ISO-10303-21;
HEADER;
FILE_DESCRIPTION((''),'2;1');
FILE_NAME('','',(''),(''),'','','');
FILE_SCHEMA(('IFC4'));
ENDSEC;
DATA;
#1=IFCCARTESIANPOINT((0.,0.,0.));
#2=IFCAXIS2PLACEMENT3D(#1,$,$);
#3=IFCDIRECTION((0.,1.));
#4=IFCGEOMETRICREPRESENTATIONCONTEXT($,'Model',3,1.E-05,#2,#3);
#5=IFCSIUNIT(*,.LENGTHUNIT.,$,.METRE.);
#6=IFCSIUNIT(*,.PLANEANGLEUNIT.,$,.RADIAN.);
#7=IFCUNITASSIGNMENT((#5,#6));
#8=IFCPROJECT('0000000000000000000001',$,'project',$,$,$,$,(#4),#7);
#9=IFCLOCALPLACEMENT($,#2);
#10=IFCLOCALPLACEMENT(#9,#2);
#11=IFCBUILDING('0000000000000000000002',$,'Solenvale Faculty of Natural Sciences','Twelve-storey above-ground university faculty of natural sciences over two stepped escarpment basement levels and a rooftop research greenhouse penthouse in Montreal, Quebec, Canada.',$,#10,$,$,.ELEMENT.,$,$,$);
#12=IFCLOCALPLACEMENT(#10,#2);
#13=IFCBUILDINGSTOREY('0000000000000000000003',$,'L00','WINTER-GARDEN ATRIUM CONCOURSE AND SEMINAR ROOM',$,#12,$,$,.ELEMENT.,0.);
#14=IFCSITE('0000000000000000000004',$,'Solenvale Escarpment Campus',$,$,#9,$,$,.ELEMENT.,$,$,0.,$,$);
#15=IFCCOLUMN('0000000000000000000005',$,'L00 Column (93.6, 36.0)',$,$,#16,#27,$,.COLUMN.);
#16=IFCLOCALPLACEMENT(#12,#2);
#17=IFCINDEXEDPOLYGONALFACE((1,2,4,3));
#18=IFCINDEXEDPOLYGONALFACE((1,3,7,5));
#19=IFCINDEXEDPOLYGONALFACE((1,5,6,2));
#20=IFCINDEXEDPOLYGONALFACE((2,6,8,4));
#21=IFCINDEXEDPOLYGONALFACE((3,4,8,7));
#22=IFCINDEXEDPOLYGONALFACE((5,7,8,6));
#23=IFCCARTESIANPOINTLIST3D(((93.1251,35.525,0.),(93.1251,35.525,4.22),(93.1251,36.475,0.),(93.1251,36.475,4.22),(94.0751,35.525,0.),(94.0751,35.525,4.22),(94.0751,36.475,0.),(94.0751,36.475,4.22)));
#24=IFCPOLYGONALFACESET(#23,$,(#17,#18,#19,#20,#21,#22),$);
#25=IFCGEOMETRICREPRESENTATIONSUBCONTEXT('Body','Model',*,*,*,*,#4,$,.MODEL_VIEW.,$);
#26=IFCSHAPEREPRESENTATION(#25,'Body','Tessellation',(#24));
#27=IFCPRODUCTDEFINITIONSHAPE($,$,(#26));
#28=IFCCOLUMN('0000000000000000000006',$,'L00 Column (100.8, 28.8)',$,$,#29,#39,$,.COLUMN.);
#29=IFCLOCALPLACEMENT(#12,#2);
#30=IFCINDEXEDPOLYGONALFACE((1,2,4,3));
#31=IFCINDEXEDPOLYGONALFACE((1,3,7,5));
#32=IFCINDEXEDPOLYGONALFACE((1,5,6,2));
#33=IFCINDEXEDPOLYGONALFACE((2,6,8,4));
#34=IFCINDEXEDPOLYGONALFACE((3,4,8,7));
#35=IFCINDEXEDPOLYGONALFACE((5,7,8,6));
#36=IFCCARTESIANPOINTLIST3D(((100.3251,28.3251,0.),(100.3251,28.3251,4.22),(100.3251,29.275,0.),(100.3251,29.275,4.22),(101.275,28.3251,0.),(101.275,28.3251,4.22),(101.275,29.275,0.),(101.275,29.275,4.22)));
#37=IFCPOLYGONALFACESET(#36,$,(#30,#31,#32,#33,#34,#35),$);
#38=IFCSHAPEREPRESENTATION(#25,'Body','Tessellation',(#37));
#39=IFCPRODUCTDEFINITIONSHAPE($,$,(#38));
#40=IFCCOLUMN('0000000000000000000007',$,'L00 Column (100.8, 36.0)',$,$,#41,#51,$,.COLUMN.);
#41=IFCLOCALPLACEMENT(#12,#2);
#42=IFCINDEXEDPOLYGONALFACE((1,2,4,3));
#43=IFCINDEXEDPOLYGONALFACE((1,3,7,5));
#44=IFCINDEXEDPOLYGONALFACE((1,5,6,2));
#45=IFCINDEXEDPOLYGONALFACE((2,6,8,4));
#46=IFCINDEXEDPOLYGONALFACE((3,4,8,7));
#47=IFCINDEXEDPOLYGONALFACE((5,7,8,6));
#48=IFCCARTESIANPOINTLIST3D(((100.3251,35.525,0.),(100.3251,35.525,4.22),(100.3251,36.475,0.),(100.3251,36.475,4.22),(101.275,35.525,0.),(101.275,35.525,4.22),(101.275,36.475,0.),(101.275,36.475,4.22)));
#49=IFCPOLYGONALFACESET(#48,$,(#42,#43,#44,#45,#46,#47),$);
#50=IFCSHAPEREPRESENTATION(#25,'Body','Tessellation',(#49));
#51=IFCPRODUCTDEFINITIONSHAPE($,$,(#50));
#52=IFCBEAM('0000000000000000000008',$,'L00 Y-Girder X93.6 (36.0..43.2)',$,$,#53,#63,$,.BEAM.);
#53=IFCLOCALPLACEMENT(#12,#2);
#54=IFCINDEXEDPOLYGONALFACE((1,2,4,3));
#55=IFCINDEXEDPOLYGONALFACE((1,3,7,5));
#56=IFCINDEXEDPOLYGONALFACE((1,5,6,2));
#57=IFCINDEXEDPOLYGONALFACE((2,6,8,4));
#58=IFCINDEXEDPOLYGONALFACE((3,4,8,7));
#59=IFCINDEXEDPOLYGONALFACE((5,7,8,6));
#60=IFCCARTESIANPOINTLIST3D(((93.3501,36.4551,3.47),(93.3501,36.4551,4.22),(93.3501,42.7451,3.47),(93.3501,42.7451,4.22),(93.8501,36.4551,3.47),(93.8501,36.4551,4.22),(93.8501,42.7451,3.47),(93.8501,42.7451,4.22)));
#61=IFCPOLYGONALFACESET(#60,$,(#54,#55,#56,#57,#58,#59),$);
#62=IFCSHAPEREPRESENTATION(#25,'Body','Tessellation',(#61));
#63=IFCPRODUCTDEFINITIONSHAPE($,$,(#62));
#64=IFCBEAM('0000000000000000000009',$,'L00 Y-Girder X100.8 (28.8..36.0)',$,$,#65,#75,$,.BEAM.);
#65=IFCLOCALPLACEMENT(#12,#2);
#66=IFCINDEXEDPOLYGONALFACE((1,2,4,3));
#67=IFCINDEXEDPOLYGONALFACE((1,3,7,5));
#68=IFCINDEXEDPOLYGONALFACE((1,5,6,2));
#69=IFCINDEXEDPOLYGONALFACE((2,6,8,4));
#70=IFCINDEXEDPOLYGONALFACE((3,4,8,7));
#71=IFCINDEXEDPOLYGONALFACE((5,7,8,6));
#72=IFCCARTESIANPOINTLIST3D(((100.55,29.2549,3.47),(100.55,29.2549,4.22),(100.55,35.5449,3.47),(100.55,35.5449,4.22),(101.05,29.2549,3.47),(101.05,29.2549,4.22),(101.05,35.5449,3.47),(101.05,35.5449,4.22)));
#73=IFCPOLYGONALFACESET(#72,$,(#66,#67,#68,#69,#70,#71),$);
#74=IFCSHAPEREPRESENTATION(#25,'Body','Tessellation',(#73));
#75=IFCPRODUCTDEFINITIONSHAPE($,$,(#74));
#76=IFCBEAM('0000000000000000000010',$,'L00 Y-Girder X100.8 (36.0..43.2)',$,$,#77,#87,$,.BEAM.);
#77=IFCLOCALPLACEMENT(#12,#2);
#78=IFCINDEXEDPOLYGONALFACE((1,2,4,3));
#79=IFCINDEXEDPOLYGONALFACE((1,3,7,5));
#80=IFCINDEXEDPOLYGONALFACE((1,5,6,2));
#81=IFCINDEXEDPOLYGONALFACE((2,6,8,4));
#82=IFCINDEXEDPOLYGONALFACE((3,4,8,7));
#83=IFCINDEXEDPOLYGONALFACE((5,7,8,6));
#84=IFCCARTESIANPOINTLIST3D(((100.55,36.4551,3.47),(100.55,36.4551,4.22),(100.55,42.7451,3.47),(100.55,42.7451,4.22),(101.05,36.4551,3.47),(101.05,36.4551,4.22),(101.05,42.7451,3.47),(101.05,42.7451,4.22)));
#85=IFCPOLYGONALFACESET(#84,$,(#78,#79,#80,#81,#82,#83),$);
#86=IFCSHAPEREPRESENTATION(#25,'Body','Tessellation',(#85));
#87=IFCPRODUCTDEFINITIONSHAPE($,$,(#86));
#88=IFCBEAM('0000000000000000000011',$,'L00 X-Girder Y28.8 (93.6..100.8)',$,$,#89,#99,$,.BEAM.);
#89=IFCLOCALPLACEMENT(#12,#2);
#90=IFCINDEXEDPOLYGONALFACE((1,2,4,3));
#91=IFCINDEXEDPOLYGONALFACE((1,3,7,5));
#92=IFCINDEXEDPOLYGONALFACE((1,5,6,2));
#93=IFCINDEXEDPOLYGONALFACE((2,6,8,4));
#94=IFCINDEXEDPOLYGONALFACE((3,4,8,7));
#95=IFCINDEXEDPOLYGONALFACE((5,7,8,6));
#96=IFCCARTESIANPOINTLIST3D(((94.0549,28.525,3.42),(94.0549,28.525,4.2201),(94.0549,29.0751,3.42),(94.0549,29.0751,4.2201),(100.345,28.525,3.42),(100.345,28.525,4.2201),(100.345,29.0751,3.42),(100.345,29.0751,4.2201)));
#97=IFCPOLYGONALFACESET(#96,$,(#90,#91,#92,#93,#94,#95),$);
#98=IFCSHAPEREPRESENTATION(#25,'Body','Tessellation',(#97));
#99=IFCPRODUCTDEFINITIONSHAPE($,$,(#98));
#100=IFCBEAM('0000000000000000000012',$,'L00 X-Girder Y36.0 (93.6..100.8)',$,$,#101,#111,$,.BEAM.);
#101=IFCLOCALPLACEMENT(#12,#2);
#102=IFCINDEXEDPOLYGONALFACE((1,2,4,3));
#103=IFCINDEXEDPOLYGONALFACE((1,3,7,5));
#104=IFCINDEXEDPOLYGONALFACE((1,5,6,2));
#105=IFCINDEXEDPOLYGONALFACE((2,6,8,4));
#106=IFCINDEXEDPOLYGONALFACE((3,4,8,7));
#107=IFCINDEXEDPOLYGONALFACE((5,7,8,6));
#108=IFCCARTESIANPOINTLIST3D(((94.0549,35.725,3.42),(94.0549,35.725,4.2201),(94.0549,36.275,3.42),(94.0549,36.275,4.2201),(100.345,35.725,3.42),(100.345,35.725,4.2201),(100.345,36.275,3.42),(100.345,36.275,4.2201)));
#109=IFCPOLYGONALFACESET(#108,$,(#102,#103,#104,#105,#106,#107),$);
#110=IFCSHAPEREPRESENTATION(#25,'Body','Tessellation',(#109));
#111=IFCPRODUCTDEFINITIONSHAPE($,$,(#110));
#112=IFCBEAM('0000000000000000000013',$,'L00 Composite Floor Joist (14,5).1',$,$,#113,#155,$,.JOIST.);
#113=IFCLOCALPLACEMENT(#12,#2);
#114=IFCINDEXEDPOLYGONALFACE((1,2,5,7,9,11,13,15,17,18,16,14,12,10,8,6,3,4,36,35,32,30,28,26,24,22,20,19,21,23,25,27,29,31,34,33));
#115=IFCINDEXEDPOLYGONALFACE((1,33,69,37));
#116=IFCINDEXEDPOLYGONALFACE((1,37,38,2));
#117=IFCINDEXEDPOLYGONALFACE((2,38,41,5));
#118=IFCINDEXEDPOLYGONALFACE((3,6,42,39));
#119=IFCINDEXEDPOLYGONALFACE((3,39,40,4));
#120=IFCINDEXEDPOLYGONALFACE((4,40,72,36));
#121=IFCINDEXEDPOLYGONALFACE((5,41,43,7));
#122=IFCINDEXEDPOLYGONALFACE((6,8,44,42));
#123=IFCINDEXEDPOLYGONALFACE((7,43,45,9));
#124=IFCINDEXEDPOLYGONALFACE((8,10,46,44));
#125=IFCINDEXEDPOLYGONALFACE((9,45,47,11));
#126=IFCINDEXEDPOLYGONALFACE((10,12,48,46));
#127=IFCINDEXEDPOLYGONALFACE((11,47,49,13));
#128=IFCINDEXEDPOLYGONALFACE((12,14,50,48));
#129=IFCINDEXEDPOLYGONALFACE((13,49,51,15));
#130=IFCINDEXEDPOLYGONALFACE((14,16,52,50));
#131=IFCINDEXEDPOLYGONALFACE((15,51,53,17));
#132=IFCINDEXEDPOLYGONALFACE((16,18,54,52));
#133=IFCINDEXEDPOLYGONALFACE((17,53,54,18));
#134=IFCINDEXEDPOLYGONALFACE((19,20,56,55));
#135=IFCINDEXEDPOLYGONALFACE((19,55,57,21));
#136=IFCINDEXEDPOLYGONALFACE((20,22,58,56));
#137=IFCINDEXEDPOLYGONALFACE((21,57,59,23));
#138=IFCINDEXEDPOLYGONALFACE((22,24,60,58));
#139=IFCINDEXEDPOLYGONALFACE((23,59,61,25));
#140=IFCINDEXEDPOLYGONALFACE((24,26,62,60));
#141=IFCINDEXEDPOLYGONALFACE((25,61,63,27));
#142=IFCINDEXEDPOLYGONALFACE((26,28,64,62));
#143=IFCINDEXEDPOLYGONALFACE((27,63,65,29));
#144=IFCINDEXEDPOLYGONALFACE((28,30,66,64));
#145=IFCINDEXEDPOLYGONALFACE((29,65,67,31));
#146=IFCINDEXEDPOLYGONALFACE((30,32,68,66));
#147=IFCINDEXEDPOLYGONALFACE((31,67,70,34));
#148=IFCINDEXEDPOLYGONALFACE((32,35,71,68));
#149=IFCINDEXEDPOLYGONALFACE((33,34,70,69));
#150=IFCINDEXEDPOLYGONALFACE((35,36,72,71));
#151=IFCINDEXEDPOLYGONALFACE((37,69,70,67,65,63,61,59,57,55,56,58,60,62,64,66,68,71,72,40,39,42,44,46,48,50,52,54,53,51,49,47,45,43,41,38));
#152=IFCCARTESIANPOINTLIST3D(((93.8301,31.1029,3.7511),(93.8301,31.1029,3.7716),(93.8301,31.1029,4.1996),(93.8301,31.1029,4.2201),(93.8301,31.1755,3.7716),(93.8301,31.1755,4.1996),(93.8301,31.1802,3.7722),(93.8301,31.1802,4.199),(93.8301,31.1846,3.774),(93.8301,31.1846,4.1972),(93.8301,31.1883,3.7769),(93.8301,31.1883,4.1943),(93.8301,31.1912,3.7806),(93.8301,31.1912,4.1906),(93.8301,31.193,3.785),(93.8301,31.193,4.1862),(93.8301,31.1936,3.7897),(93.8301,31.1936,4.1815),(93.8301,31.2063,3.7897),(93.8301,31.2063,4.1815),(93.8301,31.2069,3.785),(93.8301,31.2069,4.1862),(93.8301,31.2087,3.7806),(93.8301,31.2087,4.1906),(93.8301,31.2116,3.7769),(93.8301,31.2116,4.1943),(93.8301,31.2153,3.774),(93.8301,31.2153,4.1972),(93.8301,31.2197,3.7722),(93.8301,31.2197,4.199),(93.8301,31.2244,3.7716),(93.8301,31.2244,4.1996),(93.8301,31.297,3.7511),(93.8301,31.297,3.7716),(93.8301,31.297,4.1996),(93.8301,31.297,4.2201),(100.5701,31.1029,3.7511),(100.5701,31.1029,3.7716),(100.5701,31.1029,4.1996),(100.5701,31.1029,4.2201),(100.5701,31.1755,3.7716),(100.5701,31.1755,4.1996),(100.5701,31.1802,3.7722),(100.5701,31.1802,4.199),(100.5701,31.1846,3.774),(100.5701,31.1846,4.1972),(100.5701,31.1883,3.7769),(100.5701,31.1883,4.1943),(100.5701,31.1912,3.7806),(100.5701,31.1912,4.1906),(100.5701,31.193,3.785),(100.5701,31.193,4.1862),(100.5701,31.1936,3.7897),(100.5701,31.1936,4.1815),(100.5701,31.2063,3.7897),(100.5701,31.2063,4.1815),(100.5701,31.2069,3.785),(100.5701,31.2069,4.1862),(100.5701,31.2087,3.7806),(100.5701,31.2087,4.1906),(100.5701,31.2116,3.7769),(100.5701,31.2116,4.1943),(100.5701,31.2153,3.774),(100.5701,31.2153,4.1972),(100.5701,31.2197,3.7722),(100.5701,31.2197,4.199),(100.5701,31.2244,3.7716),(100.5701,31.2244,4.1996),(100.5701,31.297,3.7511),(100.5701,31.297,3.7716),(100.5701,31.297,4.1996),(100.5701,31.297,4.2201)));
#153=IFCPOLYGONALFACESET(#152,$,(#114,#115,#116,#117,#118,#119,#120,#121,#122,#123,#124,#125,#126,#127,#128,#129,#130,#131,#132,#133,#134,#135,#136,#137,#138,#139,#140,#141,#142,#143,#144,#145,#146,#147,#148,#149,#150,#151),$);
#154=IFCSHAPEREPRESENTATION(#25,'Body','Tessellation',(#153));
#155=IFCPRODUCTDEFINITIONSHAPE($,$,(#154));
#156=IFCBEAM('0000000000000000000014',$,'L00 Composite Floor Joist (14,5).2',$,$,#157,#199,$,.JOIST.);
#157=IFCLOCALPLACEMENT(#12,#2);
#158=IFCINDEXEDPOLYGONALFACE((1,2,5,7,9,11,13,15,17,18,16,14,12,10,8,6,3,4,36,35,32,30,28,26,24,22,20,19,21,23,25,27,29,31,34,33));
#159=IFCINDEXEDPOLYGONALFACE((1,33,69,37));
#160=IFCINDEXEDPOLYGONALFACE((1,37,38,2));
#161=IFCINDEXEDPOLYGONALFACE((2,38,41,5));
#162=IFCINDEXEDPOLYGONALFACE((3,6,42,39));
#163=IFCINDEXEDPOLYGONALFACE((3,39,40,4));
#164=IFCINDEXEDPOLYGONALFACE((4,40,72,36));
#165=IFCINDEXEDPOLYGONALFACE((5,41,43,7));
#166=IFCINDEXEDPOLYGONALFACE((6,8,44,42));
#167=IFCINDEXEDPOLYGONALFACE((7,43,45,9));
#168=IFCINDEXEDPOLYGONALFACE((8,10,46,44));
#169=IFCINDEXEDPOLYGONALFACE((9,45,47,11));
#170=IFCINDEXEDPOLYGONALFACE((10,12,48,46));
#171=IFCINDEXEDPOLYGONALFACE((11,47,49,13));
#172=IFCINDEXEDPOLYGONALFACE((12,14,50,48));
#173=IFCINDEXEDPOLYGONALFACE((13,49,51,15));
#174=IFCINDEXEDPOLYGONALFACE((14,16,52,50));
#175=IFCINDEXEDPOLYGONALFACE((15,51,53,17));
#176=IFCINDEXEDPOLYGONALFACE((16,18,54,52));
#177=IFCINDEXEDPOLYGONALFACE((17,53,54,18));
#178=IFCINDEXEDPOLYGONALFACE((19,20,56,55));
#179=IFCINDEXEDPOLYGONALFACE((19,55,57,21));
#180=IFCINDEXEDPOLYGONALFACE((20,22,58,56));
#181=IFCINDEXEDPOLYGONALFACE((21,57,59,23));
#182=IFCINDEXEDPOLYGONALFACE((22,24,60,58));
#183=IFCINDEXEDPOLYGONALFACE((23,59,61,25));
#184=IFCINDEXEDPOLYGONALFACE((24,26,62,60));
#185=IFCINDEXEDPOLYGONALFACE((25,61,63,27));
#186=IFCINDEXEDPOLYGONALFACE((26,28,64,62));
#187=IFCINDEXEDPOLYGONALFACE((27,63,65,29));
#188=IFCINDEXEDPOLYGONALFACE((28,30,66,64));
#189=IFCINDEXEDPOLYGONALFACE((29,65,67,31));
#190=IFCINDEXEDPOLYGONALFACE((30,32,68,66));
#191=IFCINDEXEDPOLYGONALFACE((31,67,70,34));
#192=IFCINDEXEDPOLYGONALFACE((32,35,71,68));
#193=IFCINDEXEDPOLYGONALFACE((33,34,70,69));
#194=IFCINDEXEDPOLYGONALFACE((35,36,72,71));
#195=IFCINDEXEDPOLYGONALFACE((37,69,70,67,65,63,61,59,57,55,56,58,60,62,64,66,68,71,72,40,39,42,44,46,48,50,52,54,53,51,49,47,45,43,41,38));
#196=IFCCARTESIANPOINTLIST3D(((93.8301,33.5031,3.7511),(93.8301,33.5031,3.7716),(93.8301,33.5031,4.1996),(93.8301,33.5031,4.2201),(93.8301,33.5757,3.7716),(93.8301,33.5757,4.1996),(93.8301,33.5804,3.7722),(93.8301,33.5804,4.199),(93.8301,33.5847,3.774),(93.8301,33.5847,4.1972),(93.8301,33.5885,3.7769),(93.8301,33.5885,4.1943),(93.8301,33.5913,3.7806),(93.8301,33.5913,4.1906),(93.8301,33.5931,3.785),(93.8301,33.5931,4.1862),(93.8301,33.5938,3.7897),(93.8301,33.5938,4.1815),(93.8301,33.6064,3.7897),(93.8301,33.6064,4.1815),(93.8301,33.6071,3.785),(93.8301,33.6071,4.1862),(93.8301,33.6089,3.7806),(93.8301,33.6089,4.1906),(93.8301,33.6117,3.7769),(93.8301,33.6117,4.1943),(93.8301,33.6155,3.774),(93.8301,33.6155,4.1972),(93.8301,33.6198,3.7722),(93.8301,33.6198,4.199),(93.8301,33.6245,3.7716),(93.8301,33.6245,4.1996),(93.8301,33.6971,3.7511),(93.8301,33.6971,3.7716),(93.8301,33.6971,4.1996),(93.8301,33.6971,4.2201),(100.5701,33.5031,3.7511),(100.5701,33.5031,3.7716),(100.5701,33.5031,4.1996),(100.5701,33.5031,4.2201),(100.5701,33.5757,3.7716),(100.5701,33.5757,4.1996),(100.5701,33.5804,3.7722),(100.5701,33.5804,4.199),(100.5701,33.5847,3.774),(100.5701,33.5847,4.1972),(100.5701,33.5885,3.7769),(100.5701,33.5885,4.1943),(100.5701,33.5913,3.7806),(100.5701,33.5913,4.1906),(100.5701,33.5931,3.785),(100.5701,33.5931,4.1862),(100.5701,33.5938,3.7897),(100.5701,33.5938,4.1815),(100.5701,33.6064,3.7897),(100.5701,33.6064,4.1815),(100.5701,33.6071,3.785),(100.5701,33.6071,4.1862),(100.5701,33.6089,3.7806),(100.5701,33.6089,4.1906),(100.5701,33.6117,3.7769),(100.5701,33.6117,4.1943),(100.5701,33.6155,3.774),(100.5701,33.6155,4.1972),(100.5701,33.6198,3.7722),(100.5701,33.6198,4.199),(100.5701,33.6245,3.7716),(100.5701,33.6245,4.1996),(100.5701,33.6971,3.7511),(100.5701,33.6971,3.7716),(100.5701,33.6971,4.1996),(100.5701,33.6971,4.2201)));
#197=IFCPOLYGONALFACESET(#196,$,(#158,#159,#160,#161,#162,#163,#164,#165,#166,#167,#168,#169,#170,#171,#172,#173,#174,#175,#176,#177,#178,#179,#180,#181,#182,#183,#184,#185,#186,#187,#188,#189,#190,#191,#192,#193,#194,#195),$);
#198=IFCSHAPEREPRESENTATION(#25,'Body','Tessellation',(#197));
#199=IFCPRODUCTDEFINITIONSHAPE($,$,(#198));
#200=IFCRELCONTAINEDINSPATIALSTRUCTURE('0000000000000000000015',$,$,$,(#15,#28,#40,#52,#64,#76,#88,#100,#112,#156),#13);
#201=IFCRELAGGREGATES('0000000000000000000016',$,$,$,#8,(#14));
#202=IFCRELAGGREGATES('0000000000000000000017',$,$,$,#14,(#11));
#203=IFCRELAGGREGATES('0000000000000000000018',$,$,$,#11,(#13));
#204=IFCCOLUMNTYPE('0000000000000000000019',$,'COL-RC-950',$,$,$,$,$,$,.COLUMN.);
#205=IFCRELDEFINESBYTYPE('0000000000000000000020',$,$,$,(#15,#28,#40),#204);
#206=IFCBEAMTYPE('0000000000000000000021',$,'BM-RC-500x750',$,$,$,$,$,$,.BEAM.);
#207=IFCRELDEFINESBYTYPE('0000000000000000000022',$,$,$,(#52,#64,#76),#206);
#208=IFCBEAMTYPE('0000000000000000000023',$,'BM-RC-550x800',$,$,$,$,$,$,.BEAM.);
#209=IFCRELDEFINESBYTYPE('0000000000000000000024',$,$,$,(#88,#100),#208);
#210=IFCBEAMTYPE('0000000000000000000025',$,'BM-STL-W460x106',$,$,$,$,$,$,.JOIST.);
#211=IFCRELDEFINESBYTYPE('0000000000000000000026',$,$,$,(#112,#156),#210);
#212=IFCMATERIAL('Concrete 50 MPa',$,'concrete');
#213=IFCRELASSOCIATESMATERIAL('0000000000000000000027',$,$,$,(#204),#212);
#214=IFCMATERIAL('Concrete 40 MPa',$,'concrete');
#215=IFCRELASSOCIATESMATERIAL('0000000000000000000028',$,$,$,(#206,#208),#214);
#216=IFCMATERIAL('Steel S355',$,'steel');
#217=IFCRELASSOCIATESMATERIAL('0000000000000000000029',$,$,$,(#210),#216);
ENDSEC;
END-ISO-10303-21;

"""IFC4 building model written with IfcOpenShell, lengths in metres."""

from ifc_helpers import new_model, si_unit, direction, frame, origin, origin_2d, place, context, subcontext, project, spatial, rectangle, i_section, extrude, material, material_profile, profile_set, type_object, element, save


model = new_model("IFC4")

# Units and contexts
model_context = context("Model", 3, precision=1e-05, world=origin(), true_north=direction((0.0, 1.0)))
body_context = subcontext(model_context, "Body", "Model", "MODEL_VIEW")
ifc_project = project(units=[si_unit("LENGTHUNIT", "METRE"), si_unit("PLANEANGLEUNIT", "RADIAN")], contexts=[model_context])

# Site, building, storey
site_placement = place(None, origin())
site = spatial("IfcSite", under=ifc_project, at=site_placement, Name="Solenvale Escarpment Campus", CompositionType="ELEMENT", RefElevation=0.0)
building_placement = place(site_placement, origin())
building = spatial("IfcBuilding", under=site, at=building_placement, Name="Solenvale Faculty of Natural Sciences", Description="Twelve-storey above-ground university faculty of natural sciences over two stepped escarpment basement levels and a rooftop research greenhouse penthouse in Montreal, Quebec, Canada.", CompositionType="ELEMENT")
storey_placement = place(building_placement, origin())
storey = spatial("IfcBuildingStorey", under=building, at=storey_placement, Name="L00", Description="WINTER-GARDEN ATRIUM CONCOURSE AND SEMINAR ROOM", CompositionType="ELEMENT", Elevation=0.0)

# Columns
ifc_material_1 = material(Name="Concrete 50 MPa", Category="concrete")
ifc_material_profile_1 = material_profile(ifc_material_1, rectangle(XDim=0.95, YDim=0.95, at=origin_2d()), Name="RC-COL-950x950")
ifc_profile_set_1 = profile_set([ifc_material_profile_1], Name="Concrete 50 MPa")
column_type = type_object("IfcColumnType", Name="COL-RC-950", PredefinedType="COLUMN", material=ifc_profile_set_1)
for number, where, z_axis, x_axis, name in (
    (1, (93.6001, 36.0, 0.0), (0.0, 0.0, 1.0), (1.0, 0.0, 0.0), "L00 Column (93.6, 36.0)"),
    (2, (100.8, 28.8, 0.0), (0.0, 0.0, 1.0), (1.0, 0.0, 0.0), "L00 Column (100.8, 28.8)"),
    (3, (100.8, 36.0, 0.0), (0.0, 0.0, 1.0), (1.0, 0.0, 0.0), "L00 Column (100.8, 36.0)"),
):
    element("IfcColumn", number, at=place(storey_placement, frame(where, z_axis=z_axis, x_axis=x_axis)), inside=storey, type_object=column_type, Name=name, PredefinedType="COLUMN", context=body_context, shape_type="SweptSolid", body=[
        extrude(rectangle(XDim=0.95, YDim=0.95, at=origin_2d()), origin(), (0.0, 0.0, 1.0), 4.22),
    ])

# Beams
ifc_material_2 = material(Name="Concrete 40 MPa", Category="concrete")
ifc_material_profile_2 = material_profile(ifc_material_2, rectangle(XDim=0.5, YDim=0.75, at=origin_2d()), Name="RC-BM-500x750")
ifc_profile_set_2 = profile_set([ifc_material_profile_2], Name="Concrete 40 MPa")
beam_type_1 = type_object("IfcBeamType", Name="BM-RC-500x750", PredefinedType="BEAM", material=ifc_profile_set_2)
for number, where, z_axis, x_axis, name in (
    (4, (93.6001, 36.4551, 3.845), (0.0, 1.0, 0.0), (-1.0, 0.0, 0.0), "L00 Y-Girder X93.6 (36.0..43.2)"),
    (5, (100.8, 29.2549, 3.845), (0.0, 1.0, 0.0), (-1.0, 0.0, 0.0), "L00 Y-Girder X100.8 (28.8..36.0)"),
    (6, (100.8, 36.4551, 3.845), (0.0, 1.0, 0.0), (-1.0, 0.0, 0.0), "L00 Y-Girder X100.8 (36.0..43.2)"),
):
    element("IfcBeam", number, at=place(storey_placement, frame(where, z_axis=z_axis, x_axis=x_axis)), inside=storey, type_object=beam_type_1, Name=name, PredefinedType="BEAM", context=body_context, shape_type="SweptSolid", body=[
        extrude(rectangle(XDim=0.5, YDim=0.75, at=origin_2d()), origin(), (0.0, 0.0, 1.0), 6.29),
    ])
ifc_material_profile_3 = material_profile(ifc_material_2, rectangle(XDim=0.55, YDim=0.8, at=origin_2d()), Name="RC-BM-550x800")
ifc_profile_set_3 = profile_set([ifc_material_profile_3], Name="Concrete 40 MPa")
beam_type_2 = type_object("IfcBeamType", Name="BM-RC-550x800", PredefinedType="BEAM", material=ifc_profile_set_3)
for number, where, z_axis, x_axis, name in (
    (7, (94.0549, 28.8, 3.8201), (1.0, 0.0, 0.0), (0.0, 1.0, 0.0), "L00 X-Girder Y28.8 (93.6..100.8)"),
    (8, (94.0549, 36.0, 3.8201), (1.0, 0.0, 0.0), (0.0, 1.0, 0.0), "L00 X-Girder Y36.0 (93.6..100.8)"),
):
    element("IfcBeam", number, at=place(storey_placement, frame(where, z_axis=z_axis, x_axis=x_axis)), inside=storey, type_object=beam_type_2, Name=name, PredefinedType="BEAM", context=body_context, shape_type="SweptSolid", body=[
        extrude(rectangle(XDim=0.55, YDim=0.8, at=origin_2d()), origin(), (0.0, 0.0, 1.0), 6.29),
    ])
ifc_material_3 = material(Name="Steel S355", Category="steel")
ifc_material_profile_4 = material_profile(ifc_material_3, i_section(OverallWidth=0.1941, OverallDepth=0.469, WebThickness=0.0127, FlangeThickness=0.0205, FilletRadius=0.0181, at=origin_2d()), Name="W460x106")
ifc_profile_set_4 = profile_set([ifc_material_profile_4], Name="Steel S355")
beam_type_3 = type_object("IfcBeamType", Name="BM-STL-W460x106", PredefinedType="JOIST", material=ifc_profile_set_4)
for number, where, z_axis, x_axis, name in (
    (9, (93.8301, 31.2, 3.9856), (1.0, 0.0, 0.0), (0.0, 1.0, 0.0), "L00 Composite Floor Joist (14,5).1"),
    (10, (93.8301, 33.6001, 3.9856), (1.0, 0.0, 0.0), (0.0, 1.0, 0.0), "L00 Composite Floor Joist (14,5).2"),
):
    element("IfcBeam", number, at=place(storey_placement, frame(where, z_axis=z_axis, x_axis=x_axis)), inside=storey, type_object=beam_type_3, Name=name, PredefinedType="JOIST", context=body_context, shape_type="SweptSolid", body=[
        extrude(i_section(OverallWidth=0.1941, OverallDepth=0.469, WebThickness=0.0127, FlangeThickness=0.0205, FilletRadius=0.0181, at=origin_2d()), origin(), (0.0, 0.0, 1.0), 6.74),
    ])

save(model, "model.ifc")
